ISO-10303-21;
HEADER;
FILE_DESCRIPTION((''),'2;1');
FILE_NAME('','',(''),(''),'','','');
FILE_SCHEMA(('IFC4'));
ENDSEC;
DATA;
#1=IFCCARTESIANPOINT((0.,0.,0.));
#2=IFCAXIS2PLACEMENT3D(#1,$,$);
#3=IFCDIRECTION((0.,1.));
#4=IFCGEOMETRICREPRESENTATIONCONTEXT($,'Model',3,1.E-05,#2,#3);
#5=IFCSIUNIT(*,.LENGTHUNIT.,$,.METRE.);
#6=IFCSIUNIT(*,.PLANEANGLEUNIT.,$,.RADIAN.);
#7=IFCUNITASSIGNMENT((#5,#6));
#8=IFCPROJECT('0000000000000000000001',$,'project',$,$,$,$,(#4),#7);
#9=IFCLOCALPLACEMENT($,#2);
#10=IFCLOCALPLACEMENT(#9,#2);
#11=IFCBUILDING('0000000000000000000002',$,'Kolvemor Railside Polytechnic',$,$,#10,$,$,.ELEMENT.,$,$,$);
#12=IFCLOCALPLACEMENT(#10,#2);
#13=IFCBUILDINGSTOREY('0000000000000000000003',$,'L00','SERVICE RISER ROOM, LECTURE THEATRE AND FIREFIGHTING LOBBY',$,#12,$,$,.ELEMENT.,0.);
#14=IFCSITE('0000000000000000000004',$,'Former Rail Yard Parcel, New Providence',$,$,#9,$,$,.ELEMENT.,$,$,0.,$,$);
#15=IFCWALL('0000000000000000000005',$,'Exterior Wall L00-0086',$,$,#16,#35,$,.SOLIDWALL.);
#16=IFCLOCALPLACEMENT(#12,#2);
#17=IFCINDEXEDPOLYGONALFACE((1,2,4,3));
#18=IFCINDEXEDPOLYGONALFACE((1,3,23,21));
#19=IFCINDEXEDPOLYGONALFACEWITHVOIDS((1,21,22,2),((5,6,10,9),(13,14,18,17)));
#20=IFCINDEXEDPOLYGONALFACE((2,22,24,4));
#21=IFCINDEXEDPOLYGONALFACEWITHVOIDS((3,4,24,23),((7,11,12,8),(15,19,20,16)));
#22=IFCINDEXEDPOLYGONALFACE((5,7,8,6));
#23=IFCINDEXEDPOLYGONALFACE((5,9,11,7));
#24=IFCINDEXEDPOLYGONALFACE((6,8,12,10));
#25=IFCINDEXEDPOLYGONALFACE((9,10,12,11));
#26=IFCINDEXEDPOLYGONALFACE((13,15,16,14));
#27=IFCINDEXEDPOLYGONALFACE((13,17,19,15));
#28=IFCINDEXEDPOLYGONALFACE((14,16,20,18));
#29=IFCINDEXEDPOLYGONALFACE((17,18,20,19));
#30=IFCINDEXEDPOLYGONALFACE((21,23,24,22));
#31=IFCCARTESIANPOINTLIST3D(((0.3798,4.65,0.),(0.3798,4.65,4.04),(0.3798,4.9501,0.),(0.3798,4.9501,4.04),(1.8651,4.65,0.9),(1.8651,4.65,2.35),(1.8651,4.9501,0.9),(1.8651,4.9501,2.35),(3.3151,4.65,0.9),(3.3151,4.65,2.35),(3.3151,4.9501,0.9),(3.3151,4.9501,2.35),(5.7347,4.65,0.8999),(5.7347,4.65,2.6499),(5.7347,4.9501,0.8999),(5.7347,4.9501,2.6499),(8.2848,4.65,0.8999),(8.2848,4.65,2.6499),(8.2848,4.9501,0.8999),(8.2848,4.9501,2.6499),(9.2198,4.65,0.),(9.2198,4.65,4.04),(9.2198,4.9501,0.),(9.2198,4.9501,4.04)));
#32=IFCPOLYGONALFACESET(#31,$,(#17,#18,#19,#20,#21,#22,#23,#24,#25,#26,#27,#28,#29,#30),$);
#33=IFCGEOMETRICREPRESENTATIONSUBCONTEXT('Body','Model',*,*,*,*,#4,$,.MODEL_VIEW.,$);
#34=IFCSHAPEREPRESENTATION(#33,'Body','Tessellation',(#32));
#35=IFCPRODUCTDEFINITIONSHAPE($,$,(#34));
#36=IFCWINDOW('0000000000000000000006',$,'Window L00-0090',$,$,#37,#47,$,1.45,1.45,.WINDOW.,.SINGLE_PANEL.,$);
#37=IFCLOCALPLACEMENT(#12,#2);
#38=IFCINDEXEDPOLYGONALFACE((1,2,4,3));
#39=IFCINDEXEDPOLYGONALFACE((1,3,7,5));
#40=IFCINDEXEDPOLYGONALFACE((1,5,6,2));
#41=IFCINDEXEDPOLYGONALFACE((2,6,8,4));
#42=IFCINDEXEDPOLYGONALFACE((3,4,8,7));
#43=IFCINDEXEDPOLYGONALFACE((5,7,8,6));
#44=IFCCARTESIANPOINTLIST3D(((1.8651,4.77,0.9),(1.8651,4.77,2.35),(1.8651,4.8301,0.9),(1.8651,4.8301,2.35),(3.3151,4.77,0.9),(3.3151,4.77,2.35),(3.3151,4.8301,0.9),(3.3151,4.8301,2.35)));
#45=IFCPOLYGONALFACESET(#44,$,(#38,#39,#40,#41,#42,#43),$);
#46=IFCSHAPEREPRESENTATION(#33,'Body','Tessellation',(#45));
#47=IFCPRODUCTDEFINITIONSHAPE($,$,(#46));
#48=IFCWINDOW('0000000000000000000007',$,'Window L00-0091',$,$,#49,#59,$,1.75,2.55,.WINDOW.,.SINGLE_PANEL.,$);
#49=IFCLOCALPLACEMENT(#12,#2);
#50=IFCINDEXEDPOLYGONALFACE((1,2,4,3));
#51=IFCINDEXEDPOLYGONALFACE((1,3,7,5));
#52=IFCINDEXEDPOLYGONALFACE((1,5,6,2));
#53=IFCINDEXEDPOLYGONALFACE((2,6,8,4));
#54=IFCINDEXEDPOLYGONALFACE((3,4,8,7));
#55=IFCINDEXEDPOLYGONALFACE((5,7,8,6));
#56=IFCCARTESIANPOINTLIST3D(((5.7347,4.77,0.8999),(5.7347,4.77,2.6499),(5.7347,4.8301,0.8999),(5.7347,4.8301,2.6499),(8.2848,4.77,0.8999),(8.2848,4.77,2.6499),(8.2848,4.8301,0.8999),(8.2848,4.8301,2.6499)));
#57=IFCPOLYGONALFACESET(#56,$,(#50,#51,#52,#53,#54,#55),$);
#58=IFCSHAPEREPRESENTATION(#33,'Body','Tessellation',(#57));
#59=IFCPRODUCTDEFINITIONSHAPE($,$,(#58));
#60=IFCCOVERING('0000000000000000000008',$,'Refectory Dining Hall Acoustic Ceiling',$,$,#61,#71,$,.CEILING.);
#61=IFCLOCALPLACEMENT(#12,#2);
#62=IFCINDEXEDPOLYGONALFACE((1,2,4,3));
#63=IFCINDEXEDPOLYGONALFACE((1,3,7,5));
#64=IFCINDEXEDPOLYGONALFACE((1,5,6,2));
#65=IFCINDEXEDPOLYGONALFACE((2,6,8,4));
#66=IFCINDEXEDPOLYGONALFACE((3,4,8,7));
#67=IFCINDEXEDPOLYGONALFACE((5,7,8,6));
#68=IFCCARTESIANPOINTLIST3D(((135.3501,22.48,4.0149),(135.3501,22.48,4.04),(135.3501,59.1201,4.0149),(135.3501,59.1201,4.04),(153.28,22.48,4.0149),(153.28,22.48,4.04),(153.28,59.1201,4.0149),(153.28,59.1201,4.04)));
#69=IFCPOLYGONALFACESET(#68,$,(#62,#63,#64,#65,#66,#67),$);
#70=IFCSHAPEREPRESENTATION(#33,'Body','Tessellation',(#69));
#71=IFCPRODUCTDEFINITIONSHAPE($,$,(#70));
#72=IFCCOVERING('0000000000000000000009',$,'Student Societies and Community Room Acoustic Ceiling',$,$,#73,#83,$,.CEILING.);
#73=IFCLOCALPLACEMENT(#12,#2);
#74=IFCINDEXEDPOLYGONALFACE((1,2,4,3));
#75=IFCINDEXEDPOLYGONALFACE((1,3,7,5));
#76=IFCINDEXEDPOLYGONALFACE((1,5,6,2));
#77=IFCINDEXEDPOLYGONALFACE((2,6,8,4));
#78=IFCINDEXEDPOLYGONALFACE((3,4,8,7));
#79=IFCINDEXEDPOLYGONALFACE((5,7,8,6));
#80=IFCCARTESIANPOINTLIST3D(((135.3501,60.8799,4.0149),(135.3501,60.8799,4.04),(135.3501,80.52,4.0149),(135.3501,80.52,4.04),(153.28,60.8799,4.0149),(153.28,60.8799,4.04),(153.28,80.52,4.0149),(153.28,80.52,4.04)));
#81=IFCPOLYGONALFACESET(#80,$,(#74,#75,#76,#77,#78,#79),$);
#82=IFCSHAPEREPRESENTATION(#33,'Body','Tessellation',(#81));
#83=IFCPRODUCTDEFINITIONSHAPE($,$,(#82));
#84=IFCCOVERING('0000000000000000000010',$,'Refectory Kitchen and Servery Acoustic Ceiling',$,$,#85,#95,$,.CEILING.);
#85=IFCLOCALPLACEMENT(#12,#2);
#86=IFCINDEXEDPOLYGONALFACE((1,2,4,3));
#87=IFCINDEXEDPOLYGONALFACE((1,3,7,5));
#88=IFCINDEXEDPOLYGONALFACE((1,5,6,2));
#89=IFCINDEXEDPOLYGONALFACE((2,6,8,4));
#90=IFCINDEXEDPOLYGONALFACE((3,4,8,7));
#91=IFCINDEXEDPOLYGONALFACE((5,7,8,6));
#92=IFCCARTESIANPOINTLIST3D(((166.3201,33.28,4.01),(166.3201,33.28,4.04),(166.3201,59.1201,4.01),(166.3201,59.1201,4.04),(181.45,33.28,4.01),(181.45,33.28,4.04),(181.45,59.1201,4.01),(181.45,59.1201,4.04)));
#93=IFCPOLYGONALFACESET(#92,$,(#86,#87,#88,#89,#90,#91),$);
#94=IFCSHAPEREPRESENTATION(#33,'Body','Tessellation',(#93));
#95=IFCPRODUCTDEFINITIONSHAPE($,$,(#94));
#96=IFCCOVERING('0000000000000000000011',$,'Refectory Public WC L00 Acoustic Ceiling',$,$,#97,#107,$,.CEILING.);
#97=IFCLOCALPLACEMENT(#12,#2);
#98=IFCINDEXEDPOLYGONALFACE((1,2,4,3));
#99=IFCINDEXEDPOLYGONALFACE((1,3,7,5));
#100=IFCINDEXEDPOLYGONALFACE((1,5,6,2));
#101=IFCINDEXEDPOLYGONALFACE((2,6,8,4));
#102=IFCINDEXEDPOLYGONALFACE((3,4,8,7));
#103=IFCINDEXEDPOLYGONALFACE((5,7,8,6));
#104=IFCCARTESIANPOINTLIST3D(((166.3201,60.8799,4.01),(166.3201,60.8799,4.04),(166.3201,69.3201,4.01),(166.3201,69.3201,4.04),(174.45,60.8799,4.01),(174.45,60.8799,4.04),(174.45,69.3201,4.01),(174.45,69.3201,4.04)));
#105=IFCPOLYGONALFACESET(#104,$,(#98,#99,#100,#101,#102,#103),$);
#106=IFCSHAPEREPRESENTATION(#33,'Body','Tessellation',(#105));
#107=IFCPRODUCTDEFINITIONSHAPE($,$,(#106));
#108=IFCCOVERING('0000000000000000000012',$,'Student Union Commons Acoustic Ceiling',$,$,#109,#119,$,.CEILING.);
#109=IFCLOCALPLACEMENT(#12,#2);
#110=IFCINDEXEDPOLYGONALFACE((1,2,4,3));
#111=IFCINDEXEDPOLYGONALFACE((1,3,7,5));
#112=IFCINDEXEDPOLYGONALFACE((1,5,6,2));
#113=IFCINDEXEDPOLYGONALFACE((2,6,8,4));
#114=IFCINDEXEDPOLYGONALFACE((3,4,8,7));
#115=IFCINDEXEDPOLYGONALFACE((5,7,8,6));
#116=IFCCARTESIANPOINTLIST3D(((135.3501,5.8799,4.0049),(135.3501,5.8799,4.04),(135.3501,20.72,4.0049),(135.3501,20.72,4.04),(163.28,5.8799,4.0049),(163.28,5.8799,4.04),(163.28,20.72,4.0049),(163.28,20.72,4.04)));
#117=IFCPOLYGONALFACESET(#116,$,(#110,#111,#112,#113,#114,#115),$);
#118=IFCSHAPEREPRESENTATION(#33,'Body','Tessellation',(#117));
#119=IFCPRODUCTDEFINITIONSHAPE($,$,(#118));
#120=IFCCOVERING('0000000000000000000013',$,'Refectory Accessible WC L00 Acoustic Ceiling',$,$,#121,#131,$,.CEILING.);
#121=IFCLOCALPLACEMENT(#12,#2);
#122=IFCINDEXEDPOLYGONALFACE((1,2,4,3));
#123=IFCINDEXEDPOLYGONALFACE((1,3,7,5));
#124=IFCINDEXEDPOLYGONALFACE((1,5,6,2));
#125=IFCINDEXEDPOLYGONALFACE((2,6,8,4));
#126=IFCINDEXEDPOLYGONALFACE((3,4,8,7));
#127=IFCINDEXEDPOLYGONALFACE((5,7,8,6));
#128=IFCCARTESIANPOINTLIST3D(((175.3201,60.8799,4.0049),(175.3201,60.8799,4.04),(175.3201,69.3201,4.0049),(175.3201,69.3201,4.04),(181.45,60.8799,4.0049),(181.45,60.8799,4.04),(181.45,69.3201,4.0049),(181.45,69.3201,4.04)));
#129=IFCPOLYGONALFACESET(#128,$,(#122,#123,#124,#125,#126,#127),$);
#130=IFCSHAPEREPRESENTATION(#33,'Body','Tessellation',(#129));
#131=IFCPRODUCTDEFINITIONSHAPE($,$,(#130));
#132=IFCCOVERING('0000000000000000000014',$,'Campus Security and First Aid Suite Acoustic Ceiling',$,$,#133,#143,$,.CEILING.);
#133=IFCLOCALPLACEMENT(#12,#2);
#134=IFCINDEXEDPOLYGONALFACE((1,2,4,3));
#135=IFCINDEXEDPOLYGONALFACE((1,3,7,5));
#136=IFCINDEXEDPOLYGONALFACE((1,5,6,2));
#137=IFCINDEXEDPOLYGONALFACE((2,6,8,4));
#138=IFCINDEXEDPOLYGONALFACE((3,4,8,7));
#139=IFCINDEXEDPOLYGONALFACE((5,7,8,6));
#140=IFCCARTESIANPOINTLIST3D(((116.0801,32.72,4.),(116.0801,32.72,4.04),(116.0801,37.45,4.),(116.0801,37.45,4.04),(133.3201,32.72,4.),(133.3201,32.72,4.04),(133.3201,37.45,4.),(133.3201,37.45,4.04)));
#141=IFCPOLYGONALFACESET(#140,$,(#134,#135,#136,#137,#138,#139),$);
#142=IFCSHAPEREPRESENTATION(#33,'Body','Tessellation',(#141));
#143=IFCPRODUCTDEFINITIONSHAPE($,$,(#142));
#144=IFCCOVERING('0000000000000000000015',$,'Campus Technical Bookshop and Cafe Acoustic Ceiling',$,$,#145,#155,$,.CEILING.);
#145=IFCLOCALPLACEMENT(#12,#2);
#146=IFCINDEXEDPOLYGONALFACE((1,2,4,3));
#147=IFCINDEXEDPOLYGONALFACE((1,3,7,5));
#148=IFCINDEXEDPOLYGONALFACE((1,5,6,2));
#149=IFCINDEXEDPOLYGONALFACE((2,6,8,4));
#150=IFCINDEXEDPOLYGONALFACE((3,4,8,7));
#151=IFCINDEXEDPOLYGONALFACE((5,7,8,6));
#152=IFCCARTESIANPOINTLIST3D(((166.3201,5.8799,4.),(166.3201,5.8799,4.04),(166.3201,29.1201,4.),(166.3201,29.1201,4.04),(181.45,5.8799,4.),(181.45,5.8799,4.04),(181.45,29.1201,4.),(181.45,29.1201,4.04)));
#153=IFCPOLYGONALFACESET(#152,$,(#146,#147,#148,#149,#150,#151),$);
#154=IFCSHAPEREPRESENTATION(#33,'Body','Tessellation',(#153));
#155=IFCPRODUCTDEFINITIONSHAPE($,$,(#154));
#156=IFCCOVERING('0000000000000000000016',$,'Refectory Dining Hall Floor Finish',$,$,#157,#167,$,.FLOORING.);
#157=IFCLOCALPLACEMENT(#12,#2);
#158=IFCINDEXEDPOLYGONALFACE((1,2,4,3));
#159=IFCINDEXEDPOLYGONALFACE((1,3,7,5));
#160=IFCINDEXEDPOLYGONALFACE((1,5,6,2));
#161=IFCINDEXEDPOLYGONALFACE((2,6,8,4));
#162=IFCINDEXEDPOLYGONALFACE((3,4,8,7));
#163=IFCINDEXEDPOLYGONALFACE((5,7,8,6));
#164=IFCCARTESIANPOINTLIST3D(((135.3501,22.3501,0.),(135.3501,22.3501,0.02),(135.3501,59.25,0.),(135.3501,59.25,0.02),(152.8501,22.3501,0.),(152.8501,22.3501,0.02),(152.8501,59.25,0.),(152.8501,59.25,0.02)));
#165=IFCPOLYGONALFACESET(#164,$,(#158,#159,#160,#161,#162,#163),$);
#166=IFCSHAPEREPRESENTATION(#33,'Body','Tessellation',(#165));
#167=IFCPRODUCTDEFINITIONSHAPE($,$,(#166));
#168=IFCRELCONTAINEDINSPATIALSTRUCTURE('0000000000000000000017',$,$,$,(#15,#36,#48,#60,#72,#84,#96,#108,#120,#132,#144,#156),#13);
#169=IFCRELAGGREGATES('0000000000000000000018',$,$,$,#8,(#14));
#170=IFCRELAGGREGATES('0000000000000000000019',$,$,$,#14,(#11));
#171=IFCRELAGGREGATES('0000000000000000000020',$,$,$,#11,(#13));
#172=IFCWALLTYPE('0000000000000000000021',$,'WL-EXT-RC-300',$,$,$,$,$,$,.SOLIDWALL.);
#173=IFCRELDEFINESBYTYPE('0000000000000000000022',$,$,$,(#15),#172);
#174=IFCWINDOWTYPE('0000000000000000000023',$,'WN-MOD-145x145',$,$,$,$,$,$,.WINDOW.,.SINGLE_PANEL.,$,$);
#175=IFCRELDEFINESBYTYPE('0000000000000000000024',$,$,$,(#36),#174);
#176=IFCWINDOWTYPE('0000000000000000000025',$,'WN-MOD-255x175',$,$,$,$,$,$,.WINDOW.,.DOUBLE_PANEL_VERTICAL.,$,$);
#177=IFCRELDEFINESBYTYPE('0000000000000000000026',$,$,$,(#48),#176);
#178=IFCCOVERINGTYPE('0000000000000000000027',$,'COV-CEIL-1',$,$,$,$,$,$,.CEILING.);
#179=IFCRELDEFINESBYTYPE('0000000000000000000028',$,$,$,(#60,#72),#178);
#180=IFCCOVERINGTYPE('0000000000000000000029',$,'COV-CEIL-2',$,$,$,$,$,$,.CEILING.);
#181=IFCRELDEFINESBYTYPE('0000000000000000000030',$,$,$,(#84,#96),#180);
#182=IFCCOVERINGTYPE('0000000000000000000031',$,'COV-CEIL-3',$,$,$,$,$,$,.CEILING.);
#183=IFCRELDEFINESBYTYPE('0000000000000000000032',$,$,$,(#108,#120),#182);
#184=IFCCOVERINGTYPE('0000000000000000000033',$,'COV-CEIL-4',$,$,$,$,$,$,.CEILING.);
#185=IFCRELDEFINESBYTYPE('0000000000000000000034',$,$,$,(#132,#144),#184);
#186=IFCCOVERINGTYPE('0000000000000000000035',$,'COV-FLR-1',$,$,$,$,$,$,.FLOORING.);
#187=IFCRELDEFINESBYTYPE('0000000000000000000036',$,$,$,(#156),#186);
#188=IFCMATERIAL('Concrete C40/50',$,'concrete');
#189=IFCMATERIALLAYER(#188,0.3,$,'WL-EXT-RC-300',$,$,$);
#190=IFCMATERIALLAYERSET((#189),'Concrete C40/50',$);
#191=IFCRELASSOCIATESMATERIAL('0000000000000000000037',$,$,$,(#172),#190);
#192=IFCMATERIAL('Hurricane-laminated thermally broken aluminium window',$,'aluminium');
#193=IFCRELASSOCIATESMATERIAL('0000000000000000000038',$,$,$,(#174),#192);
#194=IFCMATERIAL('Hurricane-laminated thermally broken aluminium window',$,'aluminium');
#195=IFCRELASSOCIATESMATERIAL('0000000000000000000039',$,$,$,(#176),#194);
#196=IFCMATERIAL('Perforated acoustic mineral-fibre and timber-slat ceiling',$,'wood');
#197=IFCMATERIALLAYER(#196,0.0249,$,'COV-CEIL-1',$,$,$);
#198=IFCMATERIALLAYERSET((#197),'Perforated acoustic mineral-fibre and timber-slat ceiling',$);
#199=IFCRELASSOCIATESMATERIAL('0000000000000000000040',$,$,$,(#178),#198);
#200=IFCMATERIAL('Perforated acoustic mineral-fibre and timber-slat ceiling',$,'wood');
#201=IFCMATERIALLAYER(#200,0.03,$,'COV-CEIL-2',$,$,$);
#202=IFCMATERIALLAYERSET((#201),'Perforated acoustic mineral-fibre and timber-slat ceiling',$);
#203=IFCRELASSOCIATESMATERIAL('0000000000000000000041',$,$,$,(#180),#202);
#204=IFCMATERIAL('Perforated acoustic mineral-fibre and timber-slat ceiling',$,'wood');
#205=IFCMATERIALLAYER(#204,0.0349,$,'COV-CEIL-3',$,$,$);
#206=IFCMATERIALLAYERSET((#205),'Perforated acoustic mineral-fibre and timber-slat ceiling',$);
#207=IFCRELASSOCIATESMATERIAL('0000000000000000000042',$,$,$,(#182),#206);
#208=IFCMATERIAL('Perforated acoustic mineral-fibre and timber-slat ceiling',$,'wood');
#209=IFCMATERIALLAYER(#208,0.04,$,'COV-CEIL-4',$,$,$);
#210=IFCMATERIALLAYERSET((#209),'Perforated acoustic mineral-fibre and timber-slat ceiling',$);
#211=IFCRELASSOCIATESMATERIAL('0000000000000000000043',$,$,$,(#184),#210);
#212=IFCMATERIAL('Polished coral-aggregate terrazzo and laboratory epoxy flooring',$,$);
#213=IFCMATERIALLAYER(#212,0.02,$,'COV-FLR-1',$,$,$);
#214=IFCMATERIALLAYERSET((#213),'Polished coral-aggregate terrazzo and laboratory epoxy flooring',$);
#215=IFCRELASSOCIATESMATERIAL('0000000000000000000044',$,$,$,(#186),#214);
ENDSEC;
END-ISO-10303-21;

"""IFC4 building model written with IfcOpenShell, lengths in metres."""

from ifc_helpers import new_model, si_unit, direction, frame, frame_2d, origin, place, context, subcontext, project, spatial, polyline, rectangle, outline, extrude, material, layer, layer_set, type_object, element, fill, save


model = new_model("IFC4")

# Units and contexts
model_context = context("Model", 3, precision=1e-05, world=origin(), true_north=direction((0.0, 1.0)))
body_context = subcontext(model_context, "Body", "Model", "MODEL_VIEW")
ifc_project = project(units=[si_unit("LENGTHUNIT", "METRE"), si_unit("PLANEANGLEUNIT", "RADIAN")], contexts=[model_context])

# Site, building, storey
site_placement = place(None, origin())
site = spatial("IfcSite", under=ifc_project, at=site_placement, Name="Former Rail Yard Parcel, New Providence", CompositionType="ELEMENT", RefElevation=0.0)
building_placement = place(site_placement, origin())
building = spatial("IfcBuilding", under=site, at=building_placement, Name="Kolvemor Railside Polytechnic", CompositionType="ELEMENT")
storey_placement = place(building_placement, origin())
storey = spatial("IfcBuildingStorey", under=building, at=storey_placement, Name="L00", Description="SERVICE RISER ROOM, LECTURE THEATRE AND FIREFIGHTING LOBBY", CompositionType="ELEMENT", Elevation=0.0)

# Wall, openings, windows
ifc_material_1 = material(Name="Concrete C40/50", Category="concrete")
ifc_layer_1 = layer(ifc_material_1, 0.3, Name="WL-EXT-RC-300")
ifc_layer_set_1 = layer_set([ifc_layer_1], Name="Concrete C40/50")
wall_type = type_object("IfcWallType", Name="WL-EXT-RC-300", PredefinedType="SOLIDWALL", material=ifc_layer_set_1)
wall_placement = place(storey_placement, frame((0.3799, 4.8, 0.0), z_axis=(0.0, 0.0, 1.0), x_axis=(1.0, 0.0, 0.0)))
wall = element("IfcWall", 1, at=wall_placement, inside=storey, type_object=wall_type, Name="Exterior Wall L00-0086", PredefinedType="SOLIDWALL", context=body_context, shape_type="SweptSolid", body=[
    extrude(rectangle(XDim=8.8401, YDim=0.3, at=frame_2d((4.4199, 0.0))), origin(), (0.0, 0.0, 1.0), 4.04),
])
opening_1_placement = place(wall_placement, frame((1.4851, 0.0, 0.8999)))
opening_1 = element("IfcOpeningElement", 2, at=opening_1_placement, cuts=wall, PredefinedType="OPENING", context=body_context, shape_type="SweptSolid", body=[
    extrude(rectangle(XDim=1.45, YDim=1.45, at=frame_2d((0.7251, 0.7251))), frame((0.0, 0.1599, 0.0), z_axis=(0.0, -1.0, 0.0), x_axis=(1.0, 0.0, 0.0)), (0.0, 0.0, 1.0), 0.3201),
])
opening_2_placement = place(wall_placement, frame((5.355, 0.0, 0.8999)))
opening_2 = element("IfcOpeningElement", 3, at=opening_2_placement, cuts=wall, PredefinedType="OPENING", context=body_context, shape_type="SweptSolid", body=[
    extrude(rectangle(XDim=2.55, YDim=1.75, at=frame_2d((1.2749, 0.875))), frame((0.0, 0.1599, 0.0), z_axis=(0.0, -1.0, 0.0), x_axis=(1.0, 0.0, 0.0)), (0.0, 0.0, 1.0), 0.3201),
])
ifc_material_2 = material(Name="Hurricane-laminated thermally broken aluminium window", Category="aluminium")
window_type_1 = type_object("IfcWindowType", Name="WN-MOD-145x145", PartitioningType="SINGLE_PANEL", PredefinedType="WINDOW", material=ifc_material_2)
window_1_placement = place(opening_1_placement, origin())
window_1 = element("IfcWindow", 4, at=window_1_placement, inside=storey, type_object=window_type_1, Name="Window L00-0090", OverallHeight=1.45, OverallWidth=1.45, PartitioningType="SINGLE_PANEL", PredefinedType="WINDOW", context=body_context, shape_type="SweptSolid", body=[
    extrude(rectangle(XDim=1.45, YDim=1.45, at=frame_2d((0.7251, 0.7251))), frame((0.0, 0.03, 0.0), z_axis=(0.0, -1.0, 0.0), x_axis=(1.0, 0.0, 0.0)), (0.0, 0.0, 1.0), 0.0601),
])
fill(opening_1, window_1)
ifc_material_3 = material(Name="Hurricane-laminated thermally broken aluminium window", Category="aluminium")
window_type_2 = type_object("IfcWindowType", Name="WN-MOD-255x175", PartitioningType="DOUBLE_PANEL_VERTICAL", PredefinedType="WINDOW", material=ifc_material_3)
window_2_placement = place(opening_2_placement, origin())
window_2 = element("IfcWindow", 5, at=window_2_placement, inside=storey, type_object=window_type_2, Name="Window L00-0091", OverallHeight=1.75, OverallWidth=2.55, PartitioningType="SINGLE_PANEL", PredefinedType="WINDOW", context=body_context, shape_type="SweptSolid", body=[
    extrude(rectangle(XDim=2.55, YDim=1.75, at=frame_2d((1.2749, 0.875))), frame((0.0, 0.03, 0.0), z_axis=(0.0, -1.0, 0.0), x_axis=(1.0, 0.0, 0.0)), (0.0, 0.0, 1.0), 0.0601),
])
fill(opening_2, window_2)

# Coverings
ifc_material_4 = material(Name="Perforated acoustic mineral-fibre and timber-slat ceiling", Category="wood")
ifc_layer_2 = layer(ifc_material_4, 0.0249, Name="COV-CEIL-1")
ifc_layer_set_2 = layer_set([ifc_layer_2], Name="Perforated acoustic mineral-fibre and timber-slat ceiling")
covering_type_1 = type_object("IfcCoveringType", Name="COV-CEIL-1", PredefinedType="CEILING", material=ifc_layer_set_2)
covering_1_placement = place(storey_placement, frame((0.0, 0.0, 4.0149)))
element("IfcCovering", 6, at=covering_1_placement, inside=storey, type_object=covering_type_1, Name="Refectory Dining Hall Acoustic Ceiling", PredefinedType="CEILING", context=body_context, shape_type="SweptSolid", body=[
    extrude(outline(polyline([(135.3501, 22.48), (153.28, 22.48), (153.28, 59.1201), (135.3501, 59.1201), (135.3501, 22.48)])), origin(), (0.0, 0.0, 1.0), 0.0251),
])
covering_2_placement = place(storey_placement, frame((0.0, 0.0, 4.0149)))
element("IfcCovering", 7, at=covering_2_placement, inside=storey, type_object=covering_type_1, Name="Student Societies and Community Room Acoustic Ceiling", PredefinedType="CEILING", context=body_context, shape_type="SweptSolid", body=[
    extrude(outline(polyline([(135.3501, 60.8799), (153.28, 60.8799), (153.28, 80.52), (135.3501, 80.52), (135.3501, 60.8799)])), origin(), (0.0, 0.0, 1.0), 0.0251),
])
ifc_material_5 = material(Name="Perforated acoustic mineral-fibre and timber-slat ceiling", Category="wood")
ifc_layer_3 = layer(ifc_material_5, 0.03, Name="COV-CEIL-2")
ifc_layer_set_3 = layer_set([ifc_layer_3], Name="Perforated acoustic mineral-fibre and timber-slat ceiling")
covering_type_2 = type_object("IfcCoveringType", Name="COV-CEIL-2", PredefinedType="CEILING", material=ifc_layer_set_3)
covering_3_placement = place(storey_placement, frame((0.0, 0.0, 4.01)))
element("IfcCovering", 8, at=covering_3_placement, inside=storey, type_object=covering_type_2, Name="Refectory Kitchen and Servery Acoustic Ceiling", PredefinedType="CEILING", context=body_context, shape_type="SweptSolid", body=[
    extrude(outline(polyline([(166.3201, 33.28), (181.45, 33.28), (181.45, 59.1201), (166.3201, 59.1201), (166.3201, 33.28)])), origin(), (0.0, 0.0, 1.0), 0.03),
])
covering_4_placement = place(storey_placement, frame((0.0, 0.0, 4.01)))
element("IfcCovering", 9, at=covering_4_placement, inside=storey, type_object=covering_type_2, Name="Refectory Public WC L00 Acoustic Ceiling", PredefinedType="CEILING", context=body_context, shape_type="SweptSolid", body=[
    extrude(outline(polyline([(166.3201, 60.8799), (174.45, 60.8799), (174.45, 69.3201), (166.3201, 69.3201), (166.3201, 60.8799)])), origin(), (0.0, 0.0, 1.0), 0.03),
])
ifc_material_6 = material(Name="Perforated acoustic mineral-fibre and timber-slat ceiling", Category="wood")
ifc_layer_4 = layer(ifc_material_6, 0.0349, Name="COV-CEIL-3")
ifc_layer_set_4 = layer_set([ifc_layer_4], Name="Perforated acoustic mineral-fibre and timber-slat ceiling")
covering_type_3 = type_object("IfcCoveringType", Name="COV-CEIL-3", PredefinedType="CEILING", material=ifc_layer_set_4)
covering_5_placement = place(storey_placement, frame((0.0, 0.0, 4.0049)))
element("IfcCovering", 10, at=covering_5_placement, inside=storey, type_object=covering_type_3, Name="Student Union Commons Acoustic Ceiling", PredefinedType="CEILING", context=body_context, shape_type="SweptSolid", body=[
    extrude(outline(polyline([(135.3501, 5.8799), (163.28, 5.8799), (163.28, 20.72), (135.3501, 20.72), (135.3501, 5.8799)])), origin(), (0.0, 0.0, 1.0), 0.0352),
])
covering_6_placement = place(storey_placement, frame((0.0, 0.0, 4.0049)))
element("IfcCovering", 11, at=covering_6_placement, inside=storey, type_object=covering_type_3, Name="Refectory Accessible WC L00 Acoustic Ceiling", PredefinedType="CEILING", context=body_context, shape_type="SweptSolid", body=[
    extrude(outline(polyline([(175.3201, 60.8799), (181.45, 60.8799), (181.45, 69.3201), (175.3201, 69.3201), (175.3201, 60.8799)])), origin(), (0.0, 0.0, 1.0), 0.0352),
])
ifc_material_7 = material(Name="Perforated acoustic mineral-fibre and timber-slat ceiling", Category="wood")
ifc_layer_5 = layer(ifc_material_7, 0.04, Name="COV-CEIL-4")
ifc_layer_set_5 = layer_set([ifc_layer_5], Name="Perforated acoustic mineral-fibre and timber-slat ceiling")
covering_type_4 = type_object("IfcCoveringType", Name="COV-CEIL-4", PredefinedType="CEILING", material=ifc_layer_set_5)
covering_7_placement = place(storey_placement, frame((0.0, 0.0, 4.0)))
element("IfcCovering", 12, at=covering_7_placement, inside=storey, type_object=covering_type_4, Name="Campus Security and First Aid Suite Acoustic Ceiling", PredefinedType="CEILING", context=body_context, shape_type="SweptSolid", body=[
    extrude(outline(polyline([(116.0801, 32.72), (133.3201, 32.72), (133.3201, 37.45), (116.0801, 37.45), (116.0801, 32.72)])), origin(), (0.0, 0.0, 1.0), 0.04),
])
covering_8_placement = place(storey_placement, frame((0.0, 0.0, 4.0)))
element("IfcCovering", 13, at=covering_8_placement, inside=storey, type_object=covering_type_4, Name="Campus Technical Bookshop and Cafe Acoustic Ceiling", PredefinedType="CEILING", context=body_context, shape_type="SweptSolid", body=[
    extrude(outline(polyline([(166.3201, 5.8799), (181.45, 5.8799), (181.45, 29.1201), (166.3201, 29.1201), (166.3201, 5.8799)])), origin(), (0.0, 0.0, 1.0), 0.04),
])
ifc_material_8 = material(Name="Polished coral-aggregate terrazzo and laboratory epoxy flooring")
ifc_layer_6 = layer(ifc_material_8, 0.02, Name="COV-FLR-1")
ifc_layer_set_6 = layer_set([ifc_layer_6], Name="Polished coral-aggregate terrazzo and laboratory epoxy flooring")
covering_type_5 = type_object("IfcCoveringType", Name="COV-FLR-1", PredefinedType="FLOORING", material=ifc_layer_set_6)
covering_9_placement = place(storey_placement, origin())
element("IfcCovering", 14, at=covering_9_placement, inside=storey, type_object=covering_type_5, Name="Refectory Dining Hall Floor Finish", PredefinedType="FLOORING", context=body_context, shape_type="SweptSolid", body=[
    extrude(outline(polyline([(135.3501, 22.3501), (152.8501, 22.3501), (152.8501, 59.25), (135.3501, 59.25), (135.3501, 22.3501)])), origin(), (0.0, 0.0, 1.0), 0.02),
])

save(model, "model.ifc")
